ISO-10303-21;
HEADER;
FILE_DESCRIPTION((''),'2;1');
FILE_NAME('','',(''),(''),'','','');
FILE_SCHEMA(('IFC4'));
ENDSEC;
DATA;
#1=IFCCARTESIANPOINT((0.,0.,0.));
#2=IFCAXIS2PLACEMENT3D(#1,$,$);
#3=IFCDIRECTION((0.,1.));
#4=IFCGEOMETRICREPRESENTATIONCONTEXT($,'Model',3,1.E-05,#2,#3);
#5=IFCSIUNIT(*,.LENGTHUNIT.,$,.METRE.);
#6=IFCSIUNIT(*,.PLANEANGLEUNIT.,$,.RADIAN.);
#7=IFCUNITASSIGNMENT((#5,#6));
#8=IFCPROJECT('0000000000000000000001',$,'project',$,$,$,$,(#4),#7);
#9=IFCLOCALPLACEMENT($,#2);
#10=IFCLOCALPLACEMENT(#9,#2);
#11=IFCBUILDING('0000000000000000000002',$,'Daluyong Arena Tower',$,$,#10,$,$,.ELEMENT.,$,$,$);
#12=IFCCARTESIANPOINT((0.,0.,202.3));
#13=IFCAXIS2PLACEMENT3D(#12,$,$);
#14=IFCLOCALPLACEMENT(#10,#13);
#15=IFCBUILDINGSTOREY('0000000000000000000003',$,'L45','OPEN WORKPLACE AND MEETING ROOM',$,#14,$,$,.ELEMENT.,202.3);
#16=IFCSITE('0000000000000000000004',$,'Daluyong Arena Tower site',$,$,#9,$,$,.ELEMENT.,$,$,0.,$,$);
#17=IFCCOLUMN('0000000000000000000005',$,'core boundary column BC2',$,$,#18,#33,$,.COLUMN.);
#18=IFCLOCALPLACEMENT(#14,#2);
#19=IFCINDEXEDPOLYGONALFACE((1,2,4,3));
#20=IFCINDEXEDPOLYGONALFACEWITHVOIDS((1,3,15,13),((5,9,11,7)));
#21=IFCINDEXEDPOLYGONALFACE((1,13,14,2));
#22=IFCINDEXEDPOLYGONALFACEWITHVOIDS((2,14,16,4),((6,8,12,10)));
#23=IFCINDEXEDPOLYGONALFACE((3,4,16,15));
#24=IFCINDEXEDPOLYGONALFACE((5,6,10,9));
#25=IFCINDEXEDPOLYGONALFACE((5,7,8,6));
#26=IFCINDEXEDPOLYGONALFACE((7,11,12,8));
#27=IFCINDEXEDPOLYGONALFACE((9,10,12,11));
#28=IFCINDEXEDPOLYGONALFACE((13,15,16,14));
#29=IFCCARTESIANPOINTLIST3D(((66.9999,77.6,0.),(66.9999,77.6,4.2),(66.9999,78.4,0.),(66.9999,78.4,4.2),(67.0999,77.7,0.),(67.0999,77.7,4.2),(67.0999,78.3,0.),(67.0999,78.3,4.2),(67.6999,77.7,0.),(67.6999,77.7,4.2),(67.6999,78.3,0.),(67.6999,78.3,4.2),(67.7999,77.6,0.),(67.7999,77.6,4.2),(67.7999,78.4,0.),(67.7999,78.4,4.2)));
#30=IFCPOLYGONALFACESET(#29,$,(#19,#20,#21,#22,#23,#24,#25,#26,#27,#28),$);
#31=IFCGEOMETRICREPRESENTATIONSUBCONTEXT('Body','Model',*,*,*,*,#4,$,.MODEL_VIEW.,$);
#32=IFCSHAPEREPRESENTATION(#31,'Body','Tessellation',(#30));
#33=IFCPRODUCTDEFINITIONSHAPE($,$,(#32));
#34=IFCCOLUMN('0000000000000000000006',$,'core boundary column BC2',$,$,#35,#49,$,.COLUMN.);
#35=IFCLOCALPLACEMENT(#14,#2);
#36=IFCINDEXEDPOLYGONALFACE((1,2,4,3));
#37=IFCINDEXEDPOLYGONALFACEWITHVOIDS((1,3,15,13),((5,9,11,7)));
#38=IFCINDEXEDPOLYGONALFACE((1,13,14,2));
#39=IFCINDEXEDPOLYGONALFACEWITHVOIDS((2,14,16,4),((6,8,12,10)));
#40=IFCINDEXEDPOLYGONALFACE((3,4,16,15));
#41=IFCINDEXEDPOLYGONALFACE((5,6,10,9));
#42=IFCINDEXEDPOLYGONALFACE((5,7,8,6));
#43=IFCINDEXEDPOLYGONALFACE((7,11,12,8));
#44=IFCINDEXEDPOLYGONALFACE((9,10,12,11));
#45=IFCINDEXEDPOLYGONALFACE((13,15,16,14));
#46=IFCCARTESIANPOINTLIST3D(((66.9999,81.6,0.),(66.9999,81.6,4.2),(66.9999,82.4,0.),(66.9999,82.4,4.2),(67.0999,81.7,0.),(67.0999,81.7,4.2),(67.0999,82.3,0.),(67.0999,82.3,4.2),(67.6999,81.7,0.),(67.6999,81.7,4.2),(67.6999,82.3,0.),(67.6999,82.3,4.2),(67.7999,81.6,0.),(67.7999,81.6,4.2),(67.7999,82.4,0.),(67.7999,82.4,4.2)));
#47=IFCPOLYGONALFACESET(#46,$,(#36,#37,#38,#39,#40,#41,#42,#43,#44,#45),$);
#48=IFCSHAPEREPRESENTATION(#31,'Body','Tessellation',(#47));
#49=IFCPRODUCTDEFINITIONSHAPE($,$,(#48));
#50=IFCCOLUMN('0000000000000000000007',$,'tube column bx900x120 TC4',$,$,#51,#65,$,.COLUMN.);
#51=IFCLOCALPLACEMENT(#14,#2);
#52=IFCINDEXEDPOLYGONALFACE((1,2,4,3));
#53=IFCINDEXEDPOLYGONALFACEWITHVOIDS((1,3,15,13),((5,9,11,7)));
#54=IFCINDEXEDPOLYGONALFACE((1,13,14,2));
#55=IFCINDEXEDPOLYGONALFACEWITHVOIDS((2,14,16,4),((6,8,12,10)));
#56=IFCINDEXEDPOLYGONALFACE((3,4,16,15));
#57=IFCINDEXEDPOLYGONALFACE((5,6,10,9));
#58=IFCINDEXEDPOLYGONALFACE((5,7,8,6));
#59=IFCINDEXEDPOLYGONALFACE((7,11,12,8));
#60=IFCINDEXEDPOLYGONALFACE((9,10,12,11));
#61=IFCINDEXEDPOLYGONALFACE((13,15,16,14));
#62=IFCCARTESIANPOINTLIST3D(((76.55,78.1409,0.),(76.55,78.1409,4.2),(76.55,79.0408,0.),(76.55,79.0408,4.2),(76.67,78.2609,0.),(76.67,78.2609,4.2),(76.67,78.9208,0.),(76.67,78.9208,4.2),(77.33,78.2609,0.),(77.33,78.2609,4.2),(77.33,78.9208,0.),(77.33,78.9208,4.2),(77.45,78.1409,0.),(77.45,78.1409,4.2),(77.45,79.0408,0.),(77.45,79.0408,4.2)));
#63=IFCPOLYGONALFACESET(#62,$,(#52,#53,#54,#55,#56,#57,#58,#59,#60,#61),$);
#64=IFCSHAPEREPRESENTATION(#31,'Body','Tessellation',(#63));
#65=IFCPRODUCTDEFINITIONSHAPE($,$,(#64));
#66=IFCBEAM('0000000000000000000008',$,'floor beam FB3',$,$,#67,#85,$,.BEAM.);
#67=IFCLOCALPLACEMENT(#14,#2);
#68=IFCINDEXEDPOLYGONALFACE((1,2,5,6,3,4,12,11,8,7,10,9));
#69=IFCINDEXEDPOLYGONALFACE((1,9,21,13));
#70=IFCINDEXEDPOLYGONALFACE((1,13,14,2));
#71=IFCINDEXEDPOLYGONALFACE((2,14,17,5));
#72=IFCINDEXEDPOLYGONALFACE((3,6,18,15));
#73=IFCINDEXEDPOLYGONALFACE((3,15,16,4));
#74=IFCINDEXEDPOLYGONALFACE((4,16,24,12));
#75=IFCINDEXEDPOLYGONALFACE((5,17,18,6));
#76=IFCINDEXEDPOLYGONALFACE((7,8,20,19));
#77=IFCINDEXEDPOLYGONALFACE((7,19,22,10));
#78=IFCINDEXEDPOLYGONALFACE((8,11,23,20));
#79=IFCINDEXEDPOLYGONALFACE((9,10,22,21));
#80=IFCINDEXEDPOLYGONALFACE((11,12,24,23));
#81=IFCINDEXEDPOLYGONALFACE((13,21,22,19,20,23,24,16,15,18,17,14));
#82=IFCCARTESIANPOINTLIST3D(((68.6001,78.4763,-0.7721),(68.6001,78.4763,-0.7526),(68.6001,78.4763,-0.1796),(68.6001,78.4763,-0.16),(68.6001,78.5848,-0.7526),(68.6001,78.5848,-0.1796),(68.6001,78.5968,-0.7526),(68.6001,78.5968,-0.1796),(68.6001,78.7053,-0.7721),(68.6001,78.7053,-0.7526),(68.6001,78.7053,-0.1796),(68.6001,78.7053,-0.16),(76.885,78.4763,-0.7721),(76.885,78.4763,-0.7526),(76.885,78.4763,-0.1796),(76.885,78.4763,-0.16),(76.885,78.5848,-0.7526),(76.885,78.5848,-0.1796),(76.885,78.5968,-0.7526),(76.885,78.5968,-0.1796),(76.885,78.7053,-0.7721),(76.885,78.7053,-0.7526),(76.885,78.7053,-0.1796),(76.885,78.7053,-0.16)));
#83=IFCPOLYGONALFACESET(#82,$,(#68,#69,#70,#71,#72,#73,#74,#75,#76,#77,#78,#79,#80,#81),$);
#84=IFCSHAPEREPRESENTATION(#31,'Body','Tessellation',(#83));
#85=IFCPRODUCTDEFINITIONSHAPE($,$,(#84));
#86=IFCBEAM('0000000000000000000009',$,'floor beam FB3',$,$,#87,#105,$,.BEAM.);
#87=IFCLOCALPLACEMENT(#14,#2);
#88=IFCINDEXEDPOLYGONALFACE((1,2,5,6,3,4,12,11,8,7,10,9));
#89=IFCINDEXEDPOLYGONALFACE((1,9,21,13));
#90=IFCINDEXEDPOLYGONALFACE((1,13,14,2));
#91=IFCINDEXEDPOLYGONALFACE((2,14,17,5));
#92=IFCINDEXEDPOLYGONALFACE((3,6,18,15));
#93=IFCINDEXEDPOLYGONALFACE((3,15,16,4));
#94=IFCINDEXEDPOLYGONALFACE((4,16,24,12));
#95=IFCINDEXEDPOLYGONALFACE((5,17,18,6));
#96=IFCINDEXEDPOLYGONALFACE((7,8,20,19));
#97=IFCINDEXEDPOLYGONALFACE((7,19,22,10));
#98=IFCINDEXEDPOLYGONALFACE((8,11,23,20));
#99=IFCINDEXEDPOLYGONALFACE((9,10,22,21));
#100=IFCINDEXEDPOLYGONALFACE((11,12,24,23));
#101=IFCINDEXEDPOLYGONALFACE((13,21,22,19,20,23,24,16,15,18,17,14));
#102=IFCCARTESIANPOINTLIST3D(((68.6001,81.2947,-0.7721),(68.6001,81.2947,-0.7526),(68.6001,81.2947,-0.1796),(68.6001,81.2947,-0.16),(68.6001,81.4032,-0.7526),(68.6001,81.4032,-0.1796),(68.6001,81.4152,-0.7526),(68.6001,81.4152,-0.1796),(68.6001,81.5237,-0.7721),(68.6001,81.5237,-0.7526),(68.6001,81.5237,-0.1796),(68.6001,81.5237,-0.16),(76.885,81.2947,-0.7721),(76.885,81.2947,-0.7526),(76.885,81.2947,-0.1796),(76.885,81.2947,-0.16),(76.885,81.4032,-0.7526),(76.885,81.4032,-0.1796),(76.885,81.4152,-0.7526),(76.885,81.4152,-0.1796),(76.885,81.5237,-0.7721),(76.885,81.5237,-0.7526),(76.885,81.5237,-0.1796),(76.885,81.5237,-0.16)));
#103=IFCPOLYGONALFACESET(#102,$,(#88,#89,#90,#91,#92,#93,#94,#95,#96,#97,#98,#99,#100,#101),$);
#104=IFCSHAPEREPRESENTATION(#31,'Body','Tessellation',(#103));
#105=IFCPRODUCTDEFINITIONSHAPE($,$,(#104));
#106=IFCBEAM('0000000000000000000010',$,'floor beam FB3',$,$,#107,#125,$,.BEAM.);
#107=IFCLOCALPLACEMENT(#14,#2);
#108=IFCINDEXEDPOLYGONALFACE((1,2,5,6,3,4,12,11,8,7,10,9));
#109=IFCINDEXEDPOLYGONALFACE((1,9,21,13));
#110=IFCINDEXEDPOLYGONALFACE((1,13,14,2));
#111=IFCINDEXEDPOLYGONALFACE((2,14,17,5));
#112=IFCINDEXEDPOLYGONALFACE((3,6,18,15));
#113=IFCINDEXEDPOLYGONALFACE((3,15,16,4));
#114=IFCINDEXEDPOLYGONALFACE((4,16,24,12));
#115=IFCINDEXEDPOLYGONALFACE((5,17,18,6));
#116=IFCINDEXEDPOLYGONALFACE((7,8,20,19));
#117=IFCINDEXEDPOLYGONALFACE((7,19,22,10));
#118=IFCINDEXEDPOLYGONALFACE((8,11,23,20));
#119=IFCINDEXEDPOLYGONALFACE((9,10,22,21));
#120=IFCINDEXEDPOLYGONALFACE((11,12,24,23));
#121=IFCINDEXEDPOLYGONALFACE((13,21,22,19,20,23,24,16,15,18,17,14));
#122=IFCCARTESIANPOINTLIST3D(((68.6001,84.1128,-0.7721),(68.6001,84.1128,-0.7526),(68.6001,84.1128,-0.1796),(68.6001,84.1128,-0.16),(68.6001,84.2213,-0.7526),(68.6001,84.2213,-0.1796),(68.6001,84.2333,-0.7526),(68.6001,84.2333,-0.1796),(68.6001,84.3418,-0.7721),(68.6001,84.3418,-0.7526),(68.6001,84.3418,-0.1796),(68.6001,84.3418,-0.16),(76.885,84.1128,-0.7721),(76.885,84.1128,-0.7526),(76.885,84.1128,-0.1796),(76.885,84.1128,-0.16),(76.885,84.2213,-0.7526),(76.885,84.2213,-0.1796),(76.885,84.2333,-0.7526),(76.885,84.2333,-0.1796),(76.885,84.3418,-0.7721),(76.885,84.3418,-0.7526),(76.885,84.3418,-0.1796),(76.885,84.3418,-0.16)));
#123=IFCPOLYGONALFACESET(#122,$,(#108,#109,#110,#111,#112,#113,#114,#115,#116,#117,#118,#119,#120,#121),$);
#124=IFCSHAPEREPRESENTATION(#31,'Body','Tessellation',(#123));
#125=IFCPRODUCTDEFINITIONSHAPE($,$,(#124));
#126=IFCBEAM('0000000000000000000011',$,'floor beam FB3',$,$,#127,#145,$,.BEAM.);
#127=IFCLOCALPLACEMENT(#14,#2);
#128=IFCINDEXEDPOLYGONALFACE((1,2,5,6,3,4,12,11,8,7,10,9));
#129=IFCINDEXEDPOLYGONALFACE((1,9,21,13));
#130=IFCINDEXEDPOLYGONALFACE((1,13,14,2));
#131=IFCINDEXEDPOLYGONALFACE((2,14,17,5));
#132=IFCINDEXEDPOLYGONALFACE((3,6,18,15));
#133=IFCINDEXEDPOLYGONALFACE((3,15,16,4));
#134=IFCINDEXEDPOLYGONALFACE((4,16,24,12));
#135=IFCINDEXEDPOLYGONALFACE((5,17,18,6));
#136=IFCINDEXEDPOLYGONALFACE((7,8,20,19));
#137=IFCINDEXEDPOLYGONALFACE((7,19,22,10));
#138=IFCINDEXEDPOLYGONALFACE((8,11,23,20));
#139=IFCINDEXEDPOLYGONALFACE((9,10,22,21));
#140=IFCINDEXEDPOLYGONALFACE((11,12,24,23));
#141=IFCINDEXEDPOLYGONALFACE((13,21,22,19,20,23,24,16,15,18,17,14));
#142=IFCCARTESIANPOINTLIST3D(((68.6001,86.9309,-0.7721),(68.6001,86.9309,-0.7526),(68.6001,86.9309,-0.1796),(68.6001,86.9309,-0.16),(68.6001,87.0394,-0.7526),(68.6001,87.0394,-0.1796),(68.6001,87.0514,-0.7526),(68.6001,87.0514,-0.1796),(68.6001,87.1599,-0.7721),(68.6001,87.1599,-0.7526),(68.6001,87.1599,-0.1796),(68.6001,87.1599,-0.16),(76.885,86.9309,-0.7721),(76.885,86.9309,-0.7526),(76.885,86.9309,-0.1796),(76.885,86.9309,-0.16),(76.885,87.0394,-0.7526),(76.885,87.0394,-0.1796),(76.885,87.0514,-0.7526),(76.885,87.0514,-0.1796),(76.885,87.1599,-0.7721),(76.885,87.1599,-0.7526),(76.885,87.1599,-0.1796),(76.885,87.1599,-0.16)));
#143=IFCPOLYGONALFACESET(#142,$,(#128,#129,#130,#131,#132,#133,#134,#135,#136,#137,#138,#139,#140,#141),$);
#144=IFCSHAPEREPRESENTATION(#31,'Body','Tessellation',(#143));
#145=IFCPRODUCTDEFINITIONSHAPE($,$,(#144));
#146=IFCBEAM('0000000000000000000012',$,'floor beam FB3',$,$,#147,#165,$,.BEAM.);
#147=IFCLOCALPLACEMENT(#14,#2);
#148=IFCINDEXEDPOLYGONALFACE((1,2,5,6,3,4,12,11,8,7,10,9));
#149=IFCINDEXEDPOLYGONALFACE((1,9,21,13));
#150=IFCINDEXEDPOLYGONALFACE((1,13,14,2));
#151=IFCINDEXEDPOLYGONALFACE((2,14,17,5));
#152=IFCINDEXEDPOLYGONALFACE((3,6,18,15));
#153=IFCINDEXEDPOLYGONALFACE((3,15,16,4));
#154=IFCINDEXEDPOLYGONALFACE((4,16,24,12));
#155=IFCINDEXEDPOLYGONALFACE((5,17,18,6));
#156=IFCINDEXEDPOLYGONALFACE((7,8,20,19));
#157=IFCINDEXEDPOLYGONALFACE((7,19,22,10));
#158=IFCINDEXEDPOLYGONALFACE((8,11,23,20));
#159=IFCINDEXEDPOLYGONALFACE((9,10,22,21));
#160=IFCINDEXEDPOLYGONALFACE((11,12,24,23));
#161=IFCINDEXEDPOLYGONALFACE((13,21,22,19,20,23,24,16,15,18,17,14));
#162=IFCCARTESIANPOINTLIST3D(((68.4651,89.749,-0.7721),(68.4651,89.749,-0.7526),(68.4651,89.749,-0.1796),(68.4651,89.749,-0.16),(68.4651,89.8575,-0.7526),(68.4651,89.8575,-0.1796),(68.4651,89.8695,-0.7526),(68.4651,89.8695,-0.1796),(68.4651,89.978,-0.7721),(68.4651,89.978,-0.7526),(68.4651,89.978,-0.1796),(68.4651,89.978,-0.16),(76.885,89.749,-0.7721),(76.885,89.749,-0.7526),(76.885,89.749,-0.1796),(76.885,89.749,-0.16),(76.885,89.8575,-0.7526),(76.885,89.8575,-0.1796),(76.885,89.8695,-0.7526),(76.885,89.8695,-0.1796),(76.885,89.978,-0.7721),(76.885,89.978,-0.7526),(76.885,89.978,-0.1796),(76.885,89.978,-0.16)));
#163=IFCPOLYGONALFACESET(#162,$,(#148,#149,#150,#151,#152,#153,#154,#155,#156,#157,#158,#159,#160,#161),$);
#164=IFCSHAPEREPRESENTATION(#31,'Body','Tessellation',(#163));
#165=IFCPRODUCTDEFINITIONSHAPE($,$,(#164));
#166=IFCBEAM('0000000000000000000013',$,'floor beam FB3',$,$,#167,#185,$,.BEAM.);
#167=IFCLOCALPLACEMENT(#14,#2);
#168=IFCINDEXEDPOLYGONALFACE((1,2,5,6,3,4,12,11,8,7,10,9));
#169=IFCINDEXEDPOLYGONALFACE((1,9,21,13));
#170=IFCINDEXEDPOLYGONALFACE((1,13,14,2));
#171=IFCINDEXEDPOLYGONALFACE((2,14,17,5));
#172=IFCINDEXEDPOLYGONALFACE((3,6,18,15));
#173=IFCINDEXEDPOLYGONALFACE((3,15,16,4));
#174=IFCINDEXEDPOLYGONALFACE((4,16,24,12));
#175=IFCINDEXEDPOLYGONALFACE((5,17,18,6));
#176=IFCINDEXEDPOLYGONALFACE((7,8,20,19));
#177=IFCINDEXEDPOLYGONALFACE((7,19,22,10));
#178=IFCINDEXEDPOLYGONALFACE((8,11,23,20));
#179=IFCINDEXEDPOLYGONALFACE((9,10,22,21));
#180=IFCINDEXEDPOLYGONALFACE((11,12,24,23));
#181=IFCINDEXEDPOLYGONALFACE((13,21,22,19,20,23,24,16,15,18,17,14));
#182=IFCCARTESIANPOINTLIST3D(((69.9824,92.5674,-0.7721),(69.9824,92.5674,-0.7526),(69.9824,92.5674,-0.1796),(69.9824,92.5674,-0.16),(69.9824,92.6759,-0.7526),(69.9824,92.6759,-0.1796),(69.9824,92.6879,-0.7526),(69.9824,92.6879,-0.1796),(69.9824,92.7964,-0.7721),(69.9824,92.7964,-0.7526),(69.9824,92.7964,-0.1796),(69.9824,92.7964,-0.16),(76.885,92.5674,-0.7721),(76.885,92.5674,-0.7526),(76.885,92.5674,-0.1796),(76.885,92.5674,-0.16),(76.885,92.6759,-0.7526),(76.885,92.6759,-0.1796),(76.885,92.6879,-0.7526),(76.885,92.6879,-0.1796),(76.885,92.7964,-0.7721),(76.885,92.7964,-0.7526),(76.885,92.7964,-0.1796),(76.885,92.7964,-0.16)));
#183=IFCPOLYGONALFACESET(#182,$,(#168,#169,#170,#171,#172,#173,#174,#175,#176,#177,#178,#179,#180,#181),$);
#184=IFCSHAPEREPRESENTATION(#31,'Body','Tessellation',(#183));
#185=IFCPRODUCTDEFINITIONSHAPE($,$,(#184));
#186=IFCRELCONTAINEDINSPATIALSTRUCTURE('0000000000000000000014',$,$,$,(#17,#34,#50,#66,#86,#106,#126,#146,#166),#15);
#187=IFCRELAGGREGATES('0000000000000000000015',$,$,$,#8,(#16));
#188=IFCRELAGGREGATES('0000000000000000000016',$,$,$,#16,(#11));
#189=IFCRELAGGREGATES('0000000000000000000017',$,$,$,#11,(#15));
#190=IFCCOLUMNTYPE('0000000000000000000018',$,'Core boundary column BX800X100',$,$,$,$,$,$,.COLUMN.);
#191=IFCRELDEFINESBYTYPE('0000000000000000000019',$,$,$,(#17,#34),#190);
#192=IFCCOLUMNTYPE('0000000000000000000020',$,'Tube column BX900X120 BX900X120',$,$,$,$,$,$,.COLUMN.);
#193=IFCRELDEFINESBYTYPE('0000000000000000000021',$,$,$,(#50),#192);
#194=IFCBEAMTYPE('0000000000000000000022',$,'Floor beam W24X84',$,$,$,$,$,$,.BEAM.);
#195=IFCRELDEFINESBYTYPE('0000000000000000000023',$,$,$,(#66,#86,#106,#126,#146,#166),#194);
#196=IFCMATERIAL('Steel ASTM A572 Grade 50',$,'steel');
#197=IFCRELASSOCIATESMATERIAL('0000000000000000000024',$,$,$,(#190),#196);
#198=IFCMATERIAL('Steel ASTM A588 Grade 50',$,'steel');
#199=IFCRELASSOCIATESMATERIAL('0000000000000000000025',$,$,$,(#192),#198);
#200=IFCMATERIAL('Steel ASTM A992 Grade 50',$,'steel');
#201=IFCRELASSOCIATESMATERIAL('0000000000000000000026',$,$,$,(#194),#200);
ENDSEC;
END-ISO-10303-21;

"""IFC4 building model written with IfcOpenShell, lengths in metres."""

from ifc_helpers import new_model, si_unit, direction, frame, origin, origin_2d, place, context, subcontext, project, spatial, hollow_rectangle, i_section, extrude, material, material_profile, profile_set, type_object, element, save


model = new_model("IFC4")

# Units and contexts
model_context = context("Model", 3, precision=1e-05, world=origin(), true_north=direction((0.0, 1.0)))
body_context = subcontext(model_context, "Body", "Model", "MODEL_VIEW")
ifc_project = project(units=[si_unit("LENGTHUNIT", "METRE"), si_unit("PLANEANGLEUNIT", "RADIAN")], contexts=[model_context])

# Site, building, storey
site_placement = place(None, origin())
site = spatial("IfcSite", under=ifc_project, at=site_placement, Name="Daluyong Arena Tower site", CompositionType="ELEMENT", RefElevation=0.0)
building_placement = place(site_placement, origin())
building = spatial("IfcBuilding", under=site, at=building_placement, Name="Daluyong Arena Tower", CompositionType="ELEMENT")
storey_placement = place(building_placement, frame((0.0, 0.0, 202.3)))
storey = spatial("IfcBuildingStorey", under=building, at=storey_placement, Name="L45", Description="OPEN WORKPLACE AND MEETING ROOM", CompositionType="ELEMENT", Elevation=202.3)

# Columns
ifc_material_1 = material(Name="Steel ASTM A572 Grade 50", Category="steel")
ifc_material_profile_1 = material_profile(ifc_material_1, hollow_rectangle(XDim=0.8, YDim=0.8, WallThickness=0.1, at=origin_2d()))
ifc_profile_set_1 = profile_set([ifc_material_profile_1], Name="Steel ASTM A572 Grade 50")
column_type_1 = type_object("IfcColumnType", Name="Core boundary column BX800X100", PredefinedType="COLUMN", material=ifc_profile_set_1)
for number, where, z_axis, x_axis, name in (
    (1, (67.3999, 78.0, 0.0), (0.0, 0.0, 1.0), (1.0, 0.0, 0.0), "core boundary column BC2"),
    (2, (67.3999, 82.0, 0.0), (0.0, 0.0, 1.0), (1.0, 0.0, 0.0), "core boundary column BC2"),
):
    element("IfcColumn", number, at=place(storey_placement, frame(where, z_axis=z_axis, x_axis=x_axis)), inside=storey, type_object=column_type_1, Name=name, PredefinedType="COLUMN", context=body_context, shape_type="SweptSolid", body=[
        extrude(hollow_rectangle(XDim=0.8, YDim=0.8, WallThickness=0.1, at=origin_2d()), origin(), (0.0, 0.0, 1.0), 4.2),
    ])
ifc_material_2 = material(Name="Steel ASTM A588 Grade 50", Category="steel")
ifc_material_profile_2 = material_profile(ifc_material_2, hollow_rectangle(XDim=0.8999, YDim=0.8999, WallThickness=0.12, at=origin_2d()))
ifc_profile_set_2 = profile_set([ifc_material_profile_2], Name="Steel ASTM A588 Grade 50")
column_type_2 = type_object("IfcColumnType", Name="Tube column BX900X120 BX900X120", PredefinedType="COLUMN", material=ifc_profile_set_2)
column_placement = place(storey_placement, frame((77.0, 78.5908, 0.0), z_axis=(0.0, 0.0, 1.0), x_axis=(0.0, 1.0, 0.0)))
element("IfcColumn", 3, at=column_placement, inside=storey, type_object=column_type_2, Name="tube column bx900x120 TC4", PredefinedType="COLUMN", context=body_context, shape_type="SweptSolid", body=[
    extrude(hollow_rectangle(XDim=0.8999, YDim=0.8999, WallThickness=0.12, at=origin_2d()), origin(), (0.0, 0.0, 1.0), 4.2),
])

# Beams
ifc_material_3 = material(Name="Steel ASTM A992 Grade 50", Category="steel")
ifc_material_profile_3 = material_profile(ifc_material_3, i_section(OverallWidth=0.229, OverallDepth=0.6121, WebThickness=0.012, FlangeThickness=0.0195, at=origin_2d()))
ifc_profile_set_3 = profile_set([ifc_material_profile_3], Name="Steel ASTM A992 Grade 50")
beam_type_1 = type_object("IfcBeamType", Name="Floor beam W24X84", PredefinedType="BEAM", material=ifc_profile_set_3)
for number, where, z_axis, x_axis, name in (
    (4, (76.885, 78.5908, -0.4661), (-1.0, 0.0, 0.0), (0.0, -1.0, 0.0), "floor beam FB3"),
    (5, (76.885, 81.4092, -0.4661), (-1.0, 0.0, 0.0), (0.0, -1.0, 0.0), "floor beam FB3"),
    (6, (76.885, 84.2273, -0.4661), (-1.0, 0.0, 0.0), (0.0, -1.0, 0.0), "floor beam FB3"),
    (7, (76.885, 87.0454, -0.4661), (-1.0, 0.0, 0.0), (0.0, -1.0, 0.0), "floor beam FB3"),
):
    element("IfcBeam", number, at=place(storey_placement, frame(where, z_axis=z_axis, x_axis=x_axis)), inside=storey, type_object=beam_type_1, Name=name, PredefinedType="BEAM", context=body_context, shape_type="SweptSolid", body=[
        extrude(i_section(OverallWidth=0.229, OverallDepth=0.6121, WebThickness=0.012, FlangeThickness=0.0195, at=origin_2d()), origin(), (0.0, 0.0, 1.0), 8.2849),
    ])
beam_1_placement = place(storey_placement, frame((76.885, 89.8635, -0.4661), z_axis=(-1.0, 0.0, 0.0), x_axis=(0.0, -1.0, 0.0)))
element("IfcBeam", 8, at=beam_1_placement, inside=storey, type_object=beam_type_1, Name="floor beam FB3", PredefinedType="BEAM", context=body_context, shape_type="SweptSolid", body=[
    extrude(i_section(OverallWidth=0.229, OverallDepth=0.6121, WebThickness=0.012, FlangeThickness=0.0195, at=origin_2d()), origin(), (0.0, 0.0, 1.0), 8.4199),
])
beam_2_placement = place(storey_placement, frame((76.885, 92.6819, -0.4661), z_axis=(-1.0, 0.0, 0.0), x_axis=(0.0, -1.0, 0.0)))
element("IfcBeam", 9, at=beam_2_placement, inside=storey, type_object=beam_type_1, Name="floor beam FB3", PredefinedType="BEAM", context=body_context, shape_type="SweptSolid", body=[
    extrude(i_section(OverallWidth=0.229, OverallDepth=0.6121, WebThickness=0.012, FlangeThickness=0.0195, at=origin_2d()), origin(), (0.0, 0.0, 1.0), 6.9026),
])

save(model, "model.ifc")
